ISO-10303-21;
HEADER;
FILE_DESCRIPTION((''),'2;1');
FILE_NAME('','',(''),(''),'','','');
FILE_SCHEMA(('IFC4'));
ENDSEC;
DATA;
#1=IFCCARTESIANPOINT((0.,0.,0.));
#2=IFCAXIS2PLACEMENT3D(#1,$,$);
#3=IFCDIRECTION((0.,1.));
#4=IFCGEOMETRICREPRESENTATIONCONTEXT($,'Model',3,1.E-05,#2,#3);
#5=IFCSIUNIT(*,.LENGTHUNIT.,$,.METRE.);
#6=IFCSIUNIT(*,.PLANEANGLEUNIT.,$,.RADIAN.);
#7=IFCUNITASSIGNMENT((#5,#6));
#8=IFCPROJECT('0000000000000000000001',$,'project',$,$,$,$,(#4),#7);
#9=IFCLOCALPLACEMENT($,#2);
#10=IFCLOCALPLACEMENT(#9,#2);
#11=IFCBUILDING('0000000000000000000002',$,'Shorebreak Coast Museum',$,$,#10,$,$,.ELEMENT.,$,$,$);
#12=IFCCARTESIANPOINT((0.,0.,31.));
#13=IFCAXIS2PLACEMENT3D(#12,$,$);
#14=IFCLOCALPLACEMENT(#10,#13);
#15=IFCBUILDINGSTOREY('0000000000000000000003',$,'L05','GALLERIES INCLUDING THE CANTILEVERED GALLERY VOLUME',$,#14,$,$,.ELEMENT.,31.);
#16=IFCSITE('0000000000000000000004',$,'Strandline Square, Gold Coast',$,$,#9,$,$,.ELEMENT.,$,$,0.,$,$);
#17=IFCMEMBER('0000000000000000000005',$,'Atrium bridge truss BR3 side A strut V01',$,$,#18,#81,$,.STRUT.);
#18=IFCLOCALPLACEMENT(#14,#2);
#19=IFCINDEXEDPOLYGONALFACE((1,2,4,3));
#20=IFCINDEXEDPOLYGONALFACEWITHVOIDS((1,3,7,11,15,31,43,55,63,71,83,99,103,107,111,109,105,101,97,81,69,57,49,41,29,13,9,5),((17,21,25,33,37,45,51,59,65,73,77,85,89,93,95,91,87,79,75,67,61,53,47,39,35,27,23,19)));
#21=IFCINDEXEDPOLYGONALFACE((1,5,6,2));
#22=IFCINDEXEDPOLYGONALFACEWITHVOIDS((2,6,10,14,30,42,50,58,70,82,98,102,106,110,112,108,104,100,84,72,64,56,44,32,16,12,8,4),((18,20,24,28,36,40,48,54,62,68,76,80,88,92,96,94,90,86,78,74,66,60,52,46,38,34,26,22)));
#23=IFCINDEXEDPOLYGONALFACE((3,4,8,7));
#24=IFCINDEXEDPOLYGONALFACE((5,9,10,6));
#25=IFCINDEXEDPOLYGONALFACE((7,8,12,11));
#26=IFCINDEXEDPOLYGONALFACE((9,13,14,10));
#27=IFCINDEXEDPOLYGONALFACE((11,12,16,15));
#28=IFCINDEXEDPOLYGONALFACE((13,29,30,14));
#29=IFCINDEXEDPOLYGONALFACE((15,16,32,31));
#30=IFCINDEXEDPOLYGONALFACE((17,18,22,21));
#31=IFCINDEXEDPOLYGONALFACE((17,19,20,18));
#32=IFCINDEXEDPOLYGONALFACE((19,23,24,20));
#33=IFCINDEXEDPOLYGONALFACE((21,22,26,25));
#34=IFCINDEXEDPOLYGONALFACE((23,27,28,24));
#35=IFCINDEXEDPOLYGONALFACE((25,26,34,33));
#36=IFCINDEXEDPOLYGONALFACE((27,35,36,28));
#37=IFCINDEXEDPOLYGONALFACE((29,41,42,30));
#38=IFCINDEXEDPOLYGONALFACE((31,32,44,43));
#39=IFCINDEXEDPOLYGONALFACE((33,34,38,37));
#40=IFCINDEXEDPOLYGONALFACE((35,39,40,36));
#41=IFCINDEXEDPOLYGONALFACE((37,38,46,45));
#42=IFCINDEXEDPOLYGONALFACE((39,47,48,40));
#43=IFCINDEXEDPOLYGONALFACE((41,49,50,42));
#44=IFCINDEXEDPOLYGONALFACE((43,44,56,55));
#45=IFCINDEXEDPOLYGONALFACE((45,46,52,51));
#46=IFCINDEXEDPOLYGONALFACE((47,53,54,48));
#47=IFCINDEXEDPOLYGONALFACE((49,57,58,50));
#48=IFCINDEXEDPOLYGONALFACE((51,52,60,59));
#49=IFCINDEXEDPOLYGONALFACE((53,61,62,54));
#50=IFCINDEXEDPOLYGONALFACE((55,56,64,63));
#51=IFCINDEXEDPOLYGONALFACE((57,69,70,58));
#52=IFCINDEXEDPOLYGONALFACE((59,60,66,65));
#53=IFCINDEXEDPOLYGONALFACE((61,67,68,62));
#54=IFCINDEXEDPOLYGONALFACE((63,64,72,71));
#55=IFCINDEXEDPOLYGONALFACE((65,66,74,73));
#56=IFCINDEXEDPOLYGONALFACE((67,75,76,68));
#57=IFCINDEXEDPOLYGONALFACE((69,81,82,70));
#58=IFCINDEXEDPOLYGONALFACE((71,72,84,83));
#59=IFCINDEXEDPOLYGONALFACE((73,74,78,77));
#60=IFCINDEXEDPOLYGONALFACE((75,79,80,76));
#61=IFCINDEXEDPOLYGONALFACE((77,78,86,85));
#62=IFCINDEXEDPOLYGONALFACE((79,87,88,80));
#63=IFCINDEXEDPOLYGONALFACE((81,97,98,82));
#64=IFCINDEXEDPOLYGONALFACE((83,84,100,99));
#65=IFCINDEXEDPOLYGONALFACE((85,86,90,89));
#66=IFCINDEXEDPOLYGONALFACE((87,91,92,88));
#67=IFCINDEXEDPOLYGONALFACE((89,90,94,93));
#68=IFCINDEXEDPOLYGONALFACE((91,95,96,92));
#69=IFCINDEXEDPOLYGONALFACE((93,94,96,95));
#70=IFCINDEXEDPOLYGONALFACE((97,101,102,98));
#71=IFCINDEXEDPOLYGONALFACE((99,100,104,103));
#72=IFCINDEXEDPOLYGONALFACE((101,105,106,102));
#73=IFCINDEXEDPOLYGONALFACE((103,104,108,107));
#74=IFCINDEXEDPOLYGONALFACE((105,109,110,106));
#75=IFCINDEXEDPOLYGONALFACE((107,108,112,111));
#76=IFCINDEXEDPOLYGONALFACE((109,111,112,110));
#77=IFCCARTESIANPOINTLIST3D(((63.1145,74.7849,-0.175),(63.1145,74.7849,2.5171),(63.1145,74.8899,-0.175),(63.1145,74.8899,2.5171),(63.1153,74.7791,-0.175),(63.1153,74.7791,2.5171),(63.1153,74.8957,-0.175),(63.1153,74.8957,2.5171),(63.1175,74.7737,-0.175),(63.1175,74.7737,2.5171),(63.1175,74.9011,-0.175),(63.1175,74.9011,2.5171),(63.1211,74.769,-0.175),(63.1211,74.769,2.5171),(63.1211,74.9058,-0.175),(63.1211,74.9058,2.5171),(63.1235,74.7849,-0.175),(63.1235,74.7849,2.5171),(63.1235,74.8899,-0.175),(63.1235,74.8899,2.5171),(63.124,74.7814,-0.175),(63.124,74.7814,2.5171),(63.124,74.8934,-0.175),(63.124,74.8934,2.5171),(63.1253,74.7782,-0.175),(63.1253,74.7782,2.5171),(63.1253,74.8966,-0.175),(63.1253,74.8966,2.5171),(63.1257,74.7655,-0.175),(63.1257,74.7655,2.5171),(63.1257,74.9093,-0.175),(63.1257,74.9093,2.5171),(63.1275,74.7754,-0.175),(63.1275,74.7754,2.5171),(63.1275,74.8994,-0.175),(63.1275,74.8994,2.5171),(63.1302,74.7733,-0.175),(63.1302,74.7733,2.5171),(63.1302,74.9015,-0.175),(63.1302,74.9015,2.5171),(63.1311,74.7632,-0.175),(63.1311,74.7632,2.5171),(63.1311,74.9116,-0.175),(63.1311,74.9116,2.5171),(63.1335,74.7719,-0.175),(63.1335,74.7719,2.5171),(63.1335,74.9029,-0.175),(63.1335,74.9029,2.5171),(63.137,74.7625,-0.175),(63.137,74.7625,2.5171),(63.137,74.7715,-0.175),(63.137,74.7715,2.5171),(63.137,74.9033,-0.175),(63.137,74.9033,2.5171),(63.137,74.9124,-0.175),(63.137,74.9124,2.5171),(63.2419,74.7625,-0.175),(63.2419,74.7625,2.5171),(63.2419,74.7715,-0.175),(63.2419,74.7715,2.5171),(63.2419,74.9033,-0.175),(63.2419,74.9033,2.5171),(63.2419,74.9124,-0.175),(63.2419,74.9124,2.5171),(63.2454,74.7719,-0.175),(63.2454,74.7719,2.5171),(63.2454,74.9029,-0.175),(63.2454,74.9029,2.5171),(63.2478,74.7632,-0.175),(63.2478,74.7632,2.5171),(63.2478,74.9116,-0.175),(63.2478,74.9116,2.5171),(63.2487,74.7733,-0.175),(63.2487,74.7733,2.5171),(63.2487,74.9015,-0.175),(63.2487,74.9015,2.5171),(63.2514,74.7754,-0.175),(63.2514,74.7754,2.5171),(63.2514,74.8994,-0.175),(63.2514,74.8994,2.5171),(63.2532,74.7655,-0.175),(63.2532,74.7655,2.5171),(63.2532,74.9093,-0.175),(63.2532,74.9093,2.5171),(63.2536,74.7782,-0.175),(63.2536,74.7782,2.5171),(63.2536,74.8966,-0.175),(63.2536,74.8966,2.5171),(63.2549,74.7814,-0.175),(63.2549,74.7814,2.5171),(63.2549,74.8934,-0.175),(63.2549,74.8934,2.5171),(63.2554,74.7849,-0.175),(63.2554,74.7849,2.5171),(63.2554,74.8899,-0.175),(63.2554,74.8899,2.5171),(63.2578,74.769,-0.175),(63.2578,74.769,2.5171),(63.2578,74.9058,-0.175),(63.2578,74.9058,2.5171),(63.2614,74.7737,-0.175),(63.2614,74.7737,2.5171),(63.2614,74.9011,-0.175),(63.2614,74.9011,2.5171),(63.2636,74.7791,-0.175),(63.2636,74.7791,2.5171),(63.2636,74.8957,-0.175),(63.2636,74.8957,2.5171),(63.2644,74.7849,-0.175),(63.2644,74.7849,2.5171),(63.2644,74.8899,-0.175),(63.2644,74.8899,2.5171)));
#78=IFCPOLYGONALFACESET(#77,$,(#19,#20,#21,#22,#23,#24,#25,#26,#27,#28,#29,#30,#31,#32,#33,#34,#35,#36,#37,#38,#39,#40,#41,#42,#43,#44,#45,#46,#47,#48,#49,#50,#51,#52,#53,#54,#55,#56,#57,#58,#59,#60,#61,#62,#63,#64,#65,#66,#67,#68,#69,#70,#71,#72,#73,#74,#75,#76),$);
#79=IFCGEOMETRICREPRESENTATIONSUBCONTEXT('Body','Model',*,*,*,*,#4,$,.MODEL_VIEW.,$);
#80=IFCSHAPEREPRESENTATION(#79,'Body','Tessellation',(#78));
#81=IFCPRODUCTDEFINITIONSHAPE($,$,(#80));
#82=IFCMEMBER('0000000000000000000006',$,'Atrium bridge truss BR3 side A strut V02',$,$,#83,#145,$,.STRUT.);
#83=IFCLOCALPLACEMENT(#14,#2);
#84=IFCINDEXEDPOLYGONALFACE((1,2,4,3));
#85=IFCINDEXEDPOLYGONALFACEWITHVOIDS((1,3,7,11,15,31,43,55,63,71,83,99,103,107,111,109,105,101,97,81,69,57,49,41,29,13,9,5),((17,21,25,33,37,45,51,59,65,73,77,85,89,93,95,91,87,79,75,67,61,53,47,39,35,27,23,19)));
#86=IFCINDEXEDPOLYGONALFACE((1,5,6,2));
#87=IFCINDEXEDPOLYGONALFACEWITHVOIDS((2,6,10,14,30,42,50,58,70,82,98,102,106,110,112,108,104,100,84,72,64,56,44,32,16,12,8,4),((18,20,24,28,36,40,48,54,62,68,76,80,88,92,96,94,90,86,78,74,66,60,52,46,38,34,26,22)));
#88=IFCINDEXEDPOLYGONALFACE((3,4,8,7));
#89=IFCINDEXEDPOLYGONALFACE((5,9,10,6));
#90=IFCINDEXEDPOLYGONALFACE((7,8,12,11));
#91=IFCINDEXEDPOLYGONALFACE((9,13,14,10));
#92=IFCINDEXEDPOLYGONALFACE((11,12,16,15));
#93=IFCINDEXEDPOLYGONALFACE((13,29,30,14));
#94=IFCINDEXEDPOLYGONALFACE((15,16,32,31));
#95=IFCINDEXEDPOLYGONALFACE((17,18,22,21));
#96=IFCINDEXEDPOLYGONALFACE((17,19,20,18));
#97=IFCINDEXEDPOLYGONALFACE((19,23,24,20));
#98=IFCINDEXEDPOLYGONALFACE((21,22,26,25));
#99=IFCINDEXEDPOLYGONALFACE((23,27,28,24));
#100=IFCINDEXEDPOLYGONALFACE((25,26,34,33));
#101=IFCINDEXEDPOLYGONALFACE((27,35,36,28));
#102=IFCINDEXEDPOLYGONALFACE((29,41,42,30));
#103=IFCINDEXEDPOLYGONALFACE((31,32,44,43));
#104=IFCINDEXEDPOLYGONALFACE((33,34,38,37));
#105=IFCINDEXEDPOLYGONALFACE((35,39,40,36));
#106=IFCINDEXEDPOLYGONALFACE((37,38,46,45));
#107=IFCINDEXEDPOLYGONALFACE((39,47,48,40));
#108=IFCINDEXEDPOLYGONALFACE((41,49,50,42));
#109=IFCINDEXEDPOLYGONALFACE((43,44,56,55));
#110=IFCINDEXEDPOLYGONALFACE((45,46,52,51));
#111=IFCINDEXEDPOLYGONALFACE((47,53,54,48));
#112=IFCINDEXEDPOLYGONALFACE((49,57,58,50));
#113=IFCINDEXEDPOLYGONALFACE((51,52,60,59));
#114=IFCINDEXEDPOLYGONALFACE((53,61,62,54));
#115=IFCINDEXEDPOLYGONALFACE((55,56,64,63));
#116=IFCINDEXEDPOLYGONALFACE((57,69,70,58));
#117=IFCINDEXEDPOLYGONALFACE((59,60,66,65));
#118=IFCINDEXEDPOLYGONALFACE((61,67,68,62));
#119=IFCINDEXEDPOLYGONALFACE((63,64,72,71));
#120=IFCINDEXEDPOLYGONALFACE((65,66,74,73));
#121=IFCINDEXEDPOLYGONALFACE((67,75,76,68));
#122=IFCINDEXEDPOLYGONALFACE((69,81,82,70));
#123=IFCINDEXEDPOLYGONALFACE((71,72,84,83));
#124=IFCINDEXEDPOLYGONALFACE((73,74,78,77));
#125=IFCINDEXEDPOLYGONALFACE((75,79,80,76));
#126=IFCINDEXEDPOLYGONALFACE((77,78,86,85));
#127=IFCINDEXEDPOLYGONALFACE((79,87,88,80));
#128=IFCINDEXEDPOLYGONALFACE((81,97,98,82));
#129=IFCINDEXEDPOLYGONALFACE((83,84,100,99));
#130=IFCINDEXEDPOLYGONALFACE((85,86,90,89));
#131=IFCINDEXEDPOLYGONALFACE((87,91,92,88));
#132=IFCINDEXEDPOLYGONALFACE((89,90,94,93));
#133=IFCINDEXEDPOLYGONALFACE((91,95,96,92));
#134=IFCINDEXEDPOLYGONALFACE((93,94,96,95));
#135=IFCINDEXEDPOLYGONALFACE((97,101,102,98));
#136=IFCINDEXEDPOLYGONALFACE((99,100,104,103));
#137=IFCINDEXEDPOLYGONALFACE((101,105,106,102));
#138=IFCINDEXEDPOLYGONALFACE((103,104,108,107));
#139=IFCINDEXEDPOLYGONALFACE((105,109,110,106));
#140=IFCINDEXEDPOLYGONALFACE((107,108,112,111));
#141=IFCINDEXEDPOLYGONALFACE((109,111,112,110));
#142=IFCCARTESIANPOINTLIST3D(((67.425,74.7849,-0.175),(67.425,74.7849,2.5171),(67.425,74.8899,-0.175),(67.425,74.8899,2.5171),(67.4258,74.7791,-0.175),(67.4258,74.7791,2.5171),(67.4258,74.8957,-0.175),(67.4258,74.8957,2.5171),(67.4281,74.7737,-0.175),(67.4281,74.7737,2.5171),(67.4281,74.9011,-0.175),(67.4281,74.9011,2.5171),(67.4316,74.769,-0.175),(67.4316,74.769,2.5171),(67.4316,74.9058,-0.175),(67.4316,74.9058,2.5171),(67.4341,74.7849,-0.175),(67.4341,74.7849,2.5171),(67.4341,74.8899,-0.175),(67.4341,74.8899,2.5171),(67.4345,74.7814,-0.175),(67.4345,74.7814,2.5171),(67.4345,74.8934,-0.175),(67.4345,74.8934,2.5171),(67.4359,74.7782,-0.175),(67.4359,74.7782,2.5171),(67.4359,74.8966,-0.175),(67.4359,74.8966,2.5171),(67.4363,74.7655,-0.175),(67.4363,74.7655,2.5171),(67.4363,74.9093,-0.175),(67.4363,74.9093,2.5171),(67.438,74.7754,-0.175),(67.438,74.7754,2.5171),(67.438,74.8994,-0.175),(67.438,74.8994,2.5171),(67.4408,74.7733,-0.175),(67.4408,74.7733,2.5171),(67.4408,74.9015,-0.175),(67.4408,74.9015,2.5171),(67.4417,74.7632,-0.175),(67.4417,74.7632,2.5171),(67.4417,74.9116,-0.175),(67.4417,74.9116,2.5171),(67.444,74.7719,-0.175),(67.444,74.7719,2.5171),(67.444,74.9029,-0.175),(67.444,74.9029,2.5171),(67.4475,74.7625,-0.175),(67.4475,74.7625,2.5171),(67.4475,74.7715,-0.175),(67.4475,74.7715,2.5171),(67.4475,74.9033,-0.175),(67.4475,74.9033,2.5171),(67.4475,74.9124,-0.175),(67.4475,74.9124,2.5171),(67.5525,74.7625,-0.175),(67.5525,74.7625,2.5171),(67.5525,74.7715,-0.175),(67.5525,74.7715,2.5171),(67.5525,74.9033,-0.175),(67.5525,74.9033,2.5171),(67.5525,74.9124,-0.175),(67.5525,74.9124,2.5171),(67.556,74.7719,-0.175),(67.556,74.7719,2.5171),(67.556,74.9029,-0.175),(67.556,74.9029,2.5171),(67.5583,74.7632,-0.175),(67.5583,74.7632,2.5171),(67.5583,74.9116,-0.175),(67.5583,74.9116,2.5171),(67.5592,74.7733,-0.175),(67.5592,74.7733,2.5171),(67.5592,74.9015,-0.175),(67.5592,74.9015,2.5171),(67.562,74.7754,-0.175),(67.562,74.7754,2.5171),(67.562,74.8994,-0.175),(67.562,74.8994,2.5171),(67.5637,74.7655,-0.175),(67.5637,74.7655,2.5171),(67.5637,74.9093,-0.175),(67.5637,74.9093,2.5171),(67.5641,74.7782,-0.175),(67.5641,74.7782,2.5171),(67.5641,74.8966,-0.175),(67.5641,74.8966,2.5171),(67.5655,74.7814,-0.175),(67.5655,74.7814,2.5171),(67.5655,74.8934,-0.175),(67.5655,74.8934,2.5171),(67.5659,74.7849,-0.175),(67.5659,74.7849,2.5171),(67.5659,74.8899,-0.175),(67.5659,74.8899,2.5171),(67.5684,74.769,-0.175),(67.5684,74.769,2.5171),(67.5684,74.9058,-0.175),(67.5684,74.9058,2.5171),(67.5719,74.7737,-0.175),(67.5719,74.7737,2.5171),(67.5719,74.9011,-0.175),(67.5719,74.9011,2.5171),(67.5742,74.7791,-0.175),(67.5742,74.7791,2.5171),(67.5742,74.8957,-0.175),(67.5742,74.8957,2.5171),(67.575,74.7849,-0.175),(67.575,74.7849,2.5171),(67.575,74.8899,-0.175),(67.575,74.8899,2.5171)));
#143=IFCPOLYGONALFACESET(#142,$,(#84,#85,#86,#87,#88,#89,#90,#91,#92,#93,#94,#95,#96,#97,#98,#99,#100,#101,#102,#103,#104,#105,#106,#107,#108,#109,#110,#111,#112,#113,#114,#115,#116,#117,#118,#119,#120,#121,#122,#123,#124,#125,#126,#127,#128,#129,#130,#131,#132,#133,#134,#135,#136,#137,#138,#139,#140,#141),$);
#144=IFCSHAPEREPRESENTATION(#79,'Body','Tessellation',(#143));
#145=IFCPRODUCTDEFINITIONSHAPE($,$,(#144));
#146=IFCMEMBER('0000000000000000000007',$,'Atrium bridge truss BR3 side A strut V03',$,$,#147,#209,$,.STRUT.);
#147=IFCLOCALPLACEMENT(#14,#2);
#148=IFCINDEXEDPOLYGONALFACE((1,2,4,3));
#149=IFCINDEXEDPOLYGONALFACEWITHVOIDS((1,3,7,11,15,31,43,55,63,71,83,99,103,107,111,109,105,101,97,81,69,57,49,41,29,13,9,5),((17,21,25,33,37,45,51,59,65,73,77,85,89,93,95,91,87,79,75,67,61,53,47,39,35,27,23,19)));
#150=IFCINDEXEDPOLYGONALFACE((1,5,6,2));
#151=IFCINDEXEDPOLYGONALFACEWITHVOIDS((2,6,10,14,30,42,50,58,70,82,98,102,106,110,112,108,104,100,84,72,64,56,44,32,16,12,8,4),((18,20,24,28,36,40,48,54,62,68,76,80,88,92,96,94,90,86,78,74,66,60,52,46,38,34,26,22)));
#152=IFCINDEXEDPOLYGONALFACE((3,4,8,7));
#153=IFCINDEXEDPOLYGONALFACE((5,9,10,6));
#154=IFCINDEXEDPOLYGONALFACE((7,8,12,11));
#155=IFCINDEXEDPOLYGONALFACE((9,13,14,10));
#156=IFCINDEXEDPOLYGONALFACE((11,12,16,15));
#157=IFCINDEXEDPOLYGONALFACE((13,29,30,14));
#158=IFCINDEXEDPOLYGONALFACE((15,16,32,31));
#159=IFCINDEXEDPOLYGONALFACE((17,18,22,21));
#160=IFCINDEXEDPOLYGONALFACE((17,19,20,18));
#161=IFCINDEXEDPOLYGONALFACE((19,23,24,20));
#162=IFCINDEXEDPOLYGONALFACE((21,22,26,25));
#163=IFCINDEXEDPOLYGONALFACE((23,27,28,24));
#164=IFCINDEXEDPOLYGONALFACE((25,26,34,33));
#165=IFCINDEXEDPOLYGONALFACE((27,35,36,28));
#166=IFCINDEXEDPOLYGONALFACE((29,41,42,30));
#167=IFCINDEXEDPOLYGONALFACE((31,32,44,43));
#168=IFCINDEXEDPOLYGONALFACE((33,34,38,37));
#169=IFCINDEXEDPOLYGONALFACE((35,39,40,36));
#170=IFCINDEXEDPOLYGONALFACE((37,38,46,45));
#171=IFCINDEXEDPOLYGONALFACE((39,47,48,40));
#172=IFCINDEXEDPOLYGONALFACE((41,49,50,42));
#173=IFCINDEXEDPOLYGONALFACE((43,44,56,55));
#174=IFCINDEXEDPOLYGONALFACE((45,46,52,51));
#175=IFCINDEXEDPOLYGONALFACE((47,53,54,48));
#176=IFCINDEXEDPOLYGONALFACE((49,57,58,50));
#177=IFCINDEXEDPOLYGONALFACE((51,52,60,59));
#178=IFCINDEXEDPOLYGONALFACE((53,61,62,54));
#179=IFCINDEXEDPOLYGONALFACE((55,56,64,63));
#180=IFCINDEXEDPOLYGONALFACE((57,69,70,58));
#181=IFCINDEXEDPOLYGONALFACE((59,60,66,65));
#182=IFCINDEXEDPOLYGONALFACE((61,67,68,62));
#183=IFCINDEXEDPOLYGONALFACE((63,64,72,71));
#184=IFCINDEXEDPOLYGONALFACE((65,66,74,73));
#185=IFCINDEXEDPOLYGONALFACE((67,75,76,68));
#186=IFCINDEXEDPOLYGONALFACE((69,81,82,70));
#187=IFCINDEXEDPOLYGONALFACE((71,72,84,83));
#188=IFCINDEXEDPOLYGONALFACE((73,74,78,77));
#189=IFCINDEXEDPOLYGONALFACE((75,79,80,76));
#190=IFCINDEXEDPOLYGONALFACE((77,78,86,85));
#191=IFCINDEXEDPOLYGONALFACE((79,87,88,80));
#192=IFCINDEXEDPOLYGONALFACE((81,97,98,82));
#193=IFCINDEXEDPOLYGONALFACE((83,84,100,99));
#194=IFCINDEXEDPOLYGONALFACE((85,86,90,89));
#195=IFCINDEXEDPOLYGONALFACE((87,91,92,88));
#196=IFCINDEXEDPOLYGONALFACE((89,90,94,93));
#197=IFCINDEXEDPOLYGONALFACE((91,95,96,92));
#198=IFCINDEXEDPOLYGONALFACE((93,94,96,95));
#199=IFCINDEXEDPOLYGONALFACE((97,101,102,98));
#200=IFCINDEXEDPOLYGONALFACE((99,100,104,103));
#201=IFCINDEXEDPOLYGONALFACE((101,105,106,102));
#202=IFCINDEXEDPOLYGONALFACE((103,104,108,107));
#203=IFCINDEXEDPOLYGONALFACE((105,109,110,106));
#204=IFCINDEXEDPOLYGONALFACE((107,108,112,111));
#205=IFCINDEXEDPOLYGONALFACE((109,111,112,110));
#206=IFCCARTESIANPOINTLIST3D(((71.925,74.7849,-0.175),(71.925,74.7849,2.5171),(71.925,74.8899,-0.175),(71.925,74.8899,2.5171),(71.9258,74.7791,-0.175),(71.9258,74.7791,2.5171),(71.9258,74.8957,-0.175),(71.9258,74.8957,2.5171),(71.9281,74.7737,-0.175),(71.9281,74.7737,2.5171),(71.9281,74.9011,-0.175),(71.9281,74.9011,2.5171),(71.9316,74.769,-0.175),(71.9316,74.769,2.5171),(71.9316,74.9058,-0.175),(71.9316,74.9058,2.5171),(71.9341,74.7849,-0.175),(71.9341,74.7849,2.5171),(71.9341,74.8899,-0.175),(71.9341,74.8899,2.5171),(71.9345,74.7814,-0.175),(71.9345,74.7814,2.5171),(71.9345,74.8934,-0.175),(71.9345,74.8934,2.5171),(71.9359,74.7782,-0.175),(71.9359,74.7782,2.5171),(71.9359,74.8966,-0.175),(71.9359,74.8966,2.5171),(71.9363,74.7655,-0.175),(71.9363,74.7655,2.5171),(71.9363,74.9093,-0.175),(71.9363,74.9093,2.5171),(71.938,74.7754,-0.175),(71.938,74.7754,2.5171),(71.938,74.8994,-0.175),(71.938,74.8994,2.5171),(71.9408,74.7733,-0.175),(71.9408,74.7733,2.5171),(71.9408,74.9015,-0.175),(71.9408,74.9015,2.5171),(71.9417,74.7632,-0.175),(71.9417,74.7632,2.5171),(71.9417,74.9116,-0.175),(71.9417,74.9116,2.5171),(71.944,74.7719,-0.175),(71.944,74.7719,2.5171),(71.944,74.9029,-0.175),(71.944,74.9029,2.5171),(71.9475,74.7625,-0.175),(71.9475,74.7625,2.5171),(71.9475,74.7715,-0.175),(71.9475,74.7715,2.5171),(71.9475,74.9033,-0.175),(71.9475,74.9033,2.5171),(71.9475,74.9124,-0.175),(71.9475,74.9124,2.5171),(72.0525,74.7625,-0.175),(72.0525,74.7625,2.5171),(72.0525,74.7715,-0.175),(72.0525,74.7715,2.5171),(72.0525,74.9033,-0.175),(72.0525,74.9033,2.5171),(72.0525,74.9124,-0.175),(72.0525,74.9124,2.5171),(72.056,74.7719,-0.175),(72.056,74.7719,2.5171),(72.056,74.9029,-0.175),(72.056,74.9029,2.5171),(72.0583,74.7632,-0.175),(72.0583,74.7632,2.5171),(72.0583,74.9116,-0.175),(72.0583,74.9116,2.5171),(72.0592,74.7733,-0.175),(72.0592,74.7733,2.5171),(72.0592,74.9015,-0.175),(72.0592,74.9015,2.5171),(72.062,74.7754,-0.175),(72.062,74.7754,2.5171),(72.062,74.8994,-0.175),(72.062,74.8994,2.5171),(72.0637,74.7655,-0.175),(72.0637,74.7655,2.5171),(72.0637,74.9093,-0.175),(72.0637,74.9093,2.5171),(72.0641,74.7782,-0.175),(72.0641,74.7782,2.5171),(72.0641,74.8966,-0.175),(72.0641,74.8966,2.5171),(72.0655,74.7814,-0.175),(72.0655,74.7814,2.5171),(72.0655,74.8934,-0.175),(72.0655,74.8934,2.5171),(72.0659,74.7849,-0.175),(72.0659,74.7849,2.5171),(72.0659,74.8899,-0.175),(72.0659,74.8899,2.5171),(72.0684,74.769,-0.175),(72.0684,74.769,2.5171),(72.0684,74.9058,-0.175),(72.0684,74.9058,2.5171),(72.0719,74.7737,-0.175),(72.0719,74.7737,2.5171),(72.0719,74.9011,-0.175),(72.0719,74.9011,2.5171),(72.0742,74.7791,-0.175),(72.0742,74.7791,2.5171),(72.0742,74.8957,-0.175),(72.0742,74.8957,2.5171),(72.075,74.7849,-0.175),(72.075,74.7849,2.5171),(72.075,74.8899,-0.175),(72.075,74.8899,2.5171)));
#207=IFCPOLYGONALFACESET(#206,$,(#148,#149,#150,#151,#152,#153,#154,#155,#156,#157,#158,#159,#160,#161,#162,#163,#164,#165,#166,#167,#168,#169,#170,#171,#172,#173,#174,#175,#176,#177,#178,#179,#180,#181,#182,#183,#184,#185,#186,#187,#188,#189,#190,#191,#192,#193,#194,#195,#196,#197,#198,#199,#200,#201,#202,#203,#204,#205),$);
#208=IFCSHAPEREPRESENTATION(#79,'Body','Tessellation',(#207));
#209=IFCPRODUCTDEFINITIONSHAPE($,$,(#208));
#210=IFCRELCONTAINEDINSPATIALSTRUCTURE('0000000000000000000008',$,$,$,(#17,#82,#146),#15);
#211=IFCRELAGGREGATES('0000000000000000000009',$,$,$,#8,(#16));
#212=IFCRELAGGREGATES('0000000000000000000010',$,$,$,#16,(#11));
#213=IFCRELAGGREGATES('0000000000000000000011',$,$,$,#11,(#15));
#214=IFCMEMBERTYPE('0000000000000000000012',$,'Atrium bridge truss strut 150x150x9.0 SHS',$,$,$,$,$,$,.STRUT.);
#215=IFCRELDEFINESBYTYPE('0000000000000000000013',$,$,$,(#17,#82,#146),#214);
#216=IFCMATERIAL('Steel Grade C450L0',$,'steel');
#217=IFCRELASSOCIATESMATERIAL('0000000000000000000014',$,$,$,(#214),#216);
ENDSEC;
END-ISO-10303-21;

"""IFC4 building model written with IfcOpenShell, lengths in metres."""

from ifc_helpers import new_model, si_unit, direction, frame, origin, origin_2d, place, context, subcontext, project, spatial, hollow_rectangle, extrude, material, material_profile, profile_set, type_object, element, save


model = new_model("IFC4")

# Units and contexts
model_context = context("Model", 3, precision=1e-05, world=origin(), true_north=direction((0.0, 1.0)))
body_context = subcontext(model_context, "Body", "Model", "MODEL_VIEW")
ifc_project = project(units=[si_unit("LENGTHUNIT", "METRE"), si_unit("PLANEANGLEUNIT", "RADIAN")], contexts=[model_context])

# Site, building, storey
site_placement = place(None, origin())
site = spatial("IfcSite", under=ifc_project, at=site_placement, Name="Strandline Square, Gold Coast", CompositionType="ELEMENT", RefElevation=0.0)
building_placement = place(site_placement, origin())
building = spatial("IfcBuilding", under=site, at=building_placement, Name="Shorebreak Coast Museum", CompositionType="ELEMENT")
storey_placement = place(building_placement, frame((0.0, 0.0, 31.0)))
storey = spatial("IfcBuildingStorey", under=building, at=storey_placement, Name="L05", Description="GALLERIES INCLUDING THE CANTILEVERED GALLERY VOLUME", CompositionType="ELEMENT", Elevation=31.0)

# Members
ifc_material_1 = material(Name="Steel Grade C450L0", Category="steel")
ifc_material_profile_1 = material_profile(ifc_material_1, hollow_rectangle(XDim=0.1499, YDim=0.1499, WallThickness=0.009, InnerFilletRadius=0.0134, OuterFilletRadius=0.0225, at=origin_2d()), Name="150x150x9.0 SHS")
ifc_profile_set_1 = profile_set([ifc_material_profile_1], Name="Steel Grade C450L0")
member_type_1 = type_object("IfcMemberType", Name="Atrium bridge truss strut 150x150x9.0 SHS", PredefinedType="STRUT", material=ifc_profile_set_1)
for number, where, z_axis, x_axis, name in (
    (1, (63.1895, 74.8374, -0.175), (0.0, 0.0, 1.0), (1.0, 0.0, 0.0), "Atrium bridge truss BR3 side A strut V01"),
    (2, (67.5, 74.8374, -0.175), (0.0, 0.0, 1.0), (1.0, 0.0, 0.0), "Atrium bridge truss BR3 side A strut V02"),
    (3, (72.0, 74.8374, -0.175), (0.0, 0.0, 1.0), (1.0, 0.0, 0.0), "Atrium bridge truss BR3 side A strut V03"),
):
    element("IfcMember", number, at=place(storey_placement, frame(where, z_axis=z_axis, x_axis=x_axis)), inside=storey, type_object=member_type_1, Name=name, PredefinedType="STRUT", context=body_context, shape_type="SweptSolid", body=[
        extrude(hollow_rectangle(XDim=0.1499, YDim=0.1499, WallThickness=0.009, InnerFilletRadius=0.0134, OuterFilletRadius=0.0225, at=origin_2d()), origin(), (0.0, 0.0, 1.0), 2.6921),
    ])

save(model, "model.ifc")
